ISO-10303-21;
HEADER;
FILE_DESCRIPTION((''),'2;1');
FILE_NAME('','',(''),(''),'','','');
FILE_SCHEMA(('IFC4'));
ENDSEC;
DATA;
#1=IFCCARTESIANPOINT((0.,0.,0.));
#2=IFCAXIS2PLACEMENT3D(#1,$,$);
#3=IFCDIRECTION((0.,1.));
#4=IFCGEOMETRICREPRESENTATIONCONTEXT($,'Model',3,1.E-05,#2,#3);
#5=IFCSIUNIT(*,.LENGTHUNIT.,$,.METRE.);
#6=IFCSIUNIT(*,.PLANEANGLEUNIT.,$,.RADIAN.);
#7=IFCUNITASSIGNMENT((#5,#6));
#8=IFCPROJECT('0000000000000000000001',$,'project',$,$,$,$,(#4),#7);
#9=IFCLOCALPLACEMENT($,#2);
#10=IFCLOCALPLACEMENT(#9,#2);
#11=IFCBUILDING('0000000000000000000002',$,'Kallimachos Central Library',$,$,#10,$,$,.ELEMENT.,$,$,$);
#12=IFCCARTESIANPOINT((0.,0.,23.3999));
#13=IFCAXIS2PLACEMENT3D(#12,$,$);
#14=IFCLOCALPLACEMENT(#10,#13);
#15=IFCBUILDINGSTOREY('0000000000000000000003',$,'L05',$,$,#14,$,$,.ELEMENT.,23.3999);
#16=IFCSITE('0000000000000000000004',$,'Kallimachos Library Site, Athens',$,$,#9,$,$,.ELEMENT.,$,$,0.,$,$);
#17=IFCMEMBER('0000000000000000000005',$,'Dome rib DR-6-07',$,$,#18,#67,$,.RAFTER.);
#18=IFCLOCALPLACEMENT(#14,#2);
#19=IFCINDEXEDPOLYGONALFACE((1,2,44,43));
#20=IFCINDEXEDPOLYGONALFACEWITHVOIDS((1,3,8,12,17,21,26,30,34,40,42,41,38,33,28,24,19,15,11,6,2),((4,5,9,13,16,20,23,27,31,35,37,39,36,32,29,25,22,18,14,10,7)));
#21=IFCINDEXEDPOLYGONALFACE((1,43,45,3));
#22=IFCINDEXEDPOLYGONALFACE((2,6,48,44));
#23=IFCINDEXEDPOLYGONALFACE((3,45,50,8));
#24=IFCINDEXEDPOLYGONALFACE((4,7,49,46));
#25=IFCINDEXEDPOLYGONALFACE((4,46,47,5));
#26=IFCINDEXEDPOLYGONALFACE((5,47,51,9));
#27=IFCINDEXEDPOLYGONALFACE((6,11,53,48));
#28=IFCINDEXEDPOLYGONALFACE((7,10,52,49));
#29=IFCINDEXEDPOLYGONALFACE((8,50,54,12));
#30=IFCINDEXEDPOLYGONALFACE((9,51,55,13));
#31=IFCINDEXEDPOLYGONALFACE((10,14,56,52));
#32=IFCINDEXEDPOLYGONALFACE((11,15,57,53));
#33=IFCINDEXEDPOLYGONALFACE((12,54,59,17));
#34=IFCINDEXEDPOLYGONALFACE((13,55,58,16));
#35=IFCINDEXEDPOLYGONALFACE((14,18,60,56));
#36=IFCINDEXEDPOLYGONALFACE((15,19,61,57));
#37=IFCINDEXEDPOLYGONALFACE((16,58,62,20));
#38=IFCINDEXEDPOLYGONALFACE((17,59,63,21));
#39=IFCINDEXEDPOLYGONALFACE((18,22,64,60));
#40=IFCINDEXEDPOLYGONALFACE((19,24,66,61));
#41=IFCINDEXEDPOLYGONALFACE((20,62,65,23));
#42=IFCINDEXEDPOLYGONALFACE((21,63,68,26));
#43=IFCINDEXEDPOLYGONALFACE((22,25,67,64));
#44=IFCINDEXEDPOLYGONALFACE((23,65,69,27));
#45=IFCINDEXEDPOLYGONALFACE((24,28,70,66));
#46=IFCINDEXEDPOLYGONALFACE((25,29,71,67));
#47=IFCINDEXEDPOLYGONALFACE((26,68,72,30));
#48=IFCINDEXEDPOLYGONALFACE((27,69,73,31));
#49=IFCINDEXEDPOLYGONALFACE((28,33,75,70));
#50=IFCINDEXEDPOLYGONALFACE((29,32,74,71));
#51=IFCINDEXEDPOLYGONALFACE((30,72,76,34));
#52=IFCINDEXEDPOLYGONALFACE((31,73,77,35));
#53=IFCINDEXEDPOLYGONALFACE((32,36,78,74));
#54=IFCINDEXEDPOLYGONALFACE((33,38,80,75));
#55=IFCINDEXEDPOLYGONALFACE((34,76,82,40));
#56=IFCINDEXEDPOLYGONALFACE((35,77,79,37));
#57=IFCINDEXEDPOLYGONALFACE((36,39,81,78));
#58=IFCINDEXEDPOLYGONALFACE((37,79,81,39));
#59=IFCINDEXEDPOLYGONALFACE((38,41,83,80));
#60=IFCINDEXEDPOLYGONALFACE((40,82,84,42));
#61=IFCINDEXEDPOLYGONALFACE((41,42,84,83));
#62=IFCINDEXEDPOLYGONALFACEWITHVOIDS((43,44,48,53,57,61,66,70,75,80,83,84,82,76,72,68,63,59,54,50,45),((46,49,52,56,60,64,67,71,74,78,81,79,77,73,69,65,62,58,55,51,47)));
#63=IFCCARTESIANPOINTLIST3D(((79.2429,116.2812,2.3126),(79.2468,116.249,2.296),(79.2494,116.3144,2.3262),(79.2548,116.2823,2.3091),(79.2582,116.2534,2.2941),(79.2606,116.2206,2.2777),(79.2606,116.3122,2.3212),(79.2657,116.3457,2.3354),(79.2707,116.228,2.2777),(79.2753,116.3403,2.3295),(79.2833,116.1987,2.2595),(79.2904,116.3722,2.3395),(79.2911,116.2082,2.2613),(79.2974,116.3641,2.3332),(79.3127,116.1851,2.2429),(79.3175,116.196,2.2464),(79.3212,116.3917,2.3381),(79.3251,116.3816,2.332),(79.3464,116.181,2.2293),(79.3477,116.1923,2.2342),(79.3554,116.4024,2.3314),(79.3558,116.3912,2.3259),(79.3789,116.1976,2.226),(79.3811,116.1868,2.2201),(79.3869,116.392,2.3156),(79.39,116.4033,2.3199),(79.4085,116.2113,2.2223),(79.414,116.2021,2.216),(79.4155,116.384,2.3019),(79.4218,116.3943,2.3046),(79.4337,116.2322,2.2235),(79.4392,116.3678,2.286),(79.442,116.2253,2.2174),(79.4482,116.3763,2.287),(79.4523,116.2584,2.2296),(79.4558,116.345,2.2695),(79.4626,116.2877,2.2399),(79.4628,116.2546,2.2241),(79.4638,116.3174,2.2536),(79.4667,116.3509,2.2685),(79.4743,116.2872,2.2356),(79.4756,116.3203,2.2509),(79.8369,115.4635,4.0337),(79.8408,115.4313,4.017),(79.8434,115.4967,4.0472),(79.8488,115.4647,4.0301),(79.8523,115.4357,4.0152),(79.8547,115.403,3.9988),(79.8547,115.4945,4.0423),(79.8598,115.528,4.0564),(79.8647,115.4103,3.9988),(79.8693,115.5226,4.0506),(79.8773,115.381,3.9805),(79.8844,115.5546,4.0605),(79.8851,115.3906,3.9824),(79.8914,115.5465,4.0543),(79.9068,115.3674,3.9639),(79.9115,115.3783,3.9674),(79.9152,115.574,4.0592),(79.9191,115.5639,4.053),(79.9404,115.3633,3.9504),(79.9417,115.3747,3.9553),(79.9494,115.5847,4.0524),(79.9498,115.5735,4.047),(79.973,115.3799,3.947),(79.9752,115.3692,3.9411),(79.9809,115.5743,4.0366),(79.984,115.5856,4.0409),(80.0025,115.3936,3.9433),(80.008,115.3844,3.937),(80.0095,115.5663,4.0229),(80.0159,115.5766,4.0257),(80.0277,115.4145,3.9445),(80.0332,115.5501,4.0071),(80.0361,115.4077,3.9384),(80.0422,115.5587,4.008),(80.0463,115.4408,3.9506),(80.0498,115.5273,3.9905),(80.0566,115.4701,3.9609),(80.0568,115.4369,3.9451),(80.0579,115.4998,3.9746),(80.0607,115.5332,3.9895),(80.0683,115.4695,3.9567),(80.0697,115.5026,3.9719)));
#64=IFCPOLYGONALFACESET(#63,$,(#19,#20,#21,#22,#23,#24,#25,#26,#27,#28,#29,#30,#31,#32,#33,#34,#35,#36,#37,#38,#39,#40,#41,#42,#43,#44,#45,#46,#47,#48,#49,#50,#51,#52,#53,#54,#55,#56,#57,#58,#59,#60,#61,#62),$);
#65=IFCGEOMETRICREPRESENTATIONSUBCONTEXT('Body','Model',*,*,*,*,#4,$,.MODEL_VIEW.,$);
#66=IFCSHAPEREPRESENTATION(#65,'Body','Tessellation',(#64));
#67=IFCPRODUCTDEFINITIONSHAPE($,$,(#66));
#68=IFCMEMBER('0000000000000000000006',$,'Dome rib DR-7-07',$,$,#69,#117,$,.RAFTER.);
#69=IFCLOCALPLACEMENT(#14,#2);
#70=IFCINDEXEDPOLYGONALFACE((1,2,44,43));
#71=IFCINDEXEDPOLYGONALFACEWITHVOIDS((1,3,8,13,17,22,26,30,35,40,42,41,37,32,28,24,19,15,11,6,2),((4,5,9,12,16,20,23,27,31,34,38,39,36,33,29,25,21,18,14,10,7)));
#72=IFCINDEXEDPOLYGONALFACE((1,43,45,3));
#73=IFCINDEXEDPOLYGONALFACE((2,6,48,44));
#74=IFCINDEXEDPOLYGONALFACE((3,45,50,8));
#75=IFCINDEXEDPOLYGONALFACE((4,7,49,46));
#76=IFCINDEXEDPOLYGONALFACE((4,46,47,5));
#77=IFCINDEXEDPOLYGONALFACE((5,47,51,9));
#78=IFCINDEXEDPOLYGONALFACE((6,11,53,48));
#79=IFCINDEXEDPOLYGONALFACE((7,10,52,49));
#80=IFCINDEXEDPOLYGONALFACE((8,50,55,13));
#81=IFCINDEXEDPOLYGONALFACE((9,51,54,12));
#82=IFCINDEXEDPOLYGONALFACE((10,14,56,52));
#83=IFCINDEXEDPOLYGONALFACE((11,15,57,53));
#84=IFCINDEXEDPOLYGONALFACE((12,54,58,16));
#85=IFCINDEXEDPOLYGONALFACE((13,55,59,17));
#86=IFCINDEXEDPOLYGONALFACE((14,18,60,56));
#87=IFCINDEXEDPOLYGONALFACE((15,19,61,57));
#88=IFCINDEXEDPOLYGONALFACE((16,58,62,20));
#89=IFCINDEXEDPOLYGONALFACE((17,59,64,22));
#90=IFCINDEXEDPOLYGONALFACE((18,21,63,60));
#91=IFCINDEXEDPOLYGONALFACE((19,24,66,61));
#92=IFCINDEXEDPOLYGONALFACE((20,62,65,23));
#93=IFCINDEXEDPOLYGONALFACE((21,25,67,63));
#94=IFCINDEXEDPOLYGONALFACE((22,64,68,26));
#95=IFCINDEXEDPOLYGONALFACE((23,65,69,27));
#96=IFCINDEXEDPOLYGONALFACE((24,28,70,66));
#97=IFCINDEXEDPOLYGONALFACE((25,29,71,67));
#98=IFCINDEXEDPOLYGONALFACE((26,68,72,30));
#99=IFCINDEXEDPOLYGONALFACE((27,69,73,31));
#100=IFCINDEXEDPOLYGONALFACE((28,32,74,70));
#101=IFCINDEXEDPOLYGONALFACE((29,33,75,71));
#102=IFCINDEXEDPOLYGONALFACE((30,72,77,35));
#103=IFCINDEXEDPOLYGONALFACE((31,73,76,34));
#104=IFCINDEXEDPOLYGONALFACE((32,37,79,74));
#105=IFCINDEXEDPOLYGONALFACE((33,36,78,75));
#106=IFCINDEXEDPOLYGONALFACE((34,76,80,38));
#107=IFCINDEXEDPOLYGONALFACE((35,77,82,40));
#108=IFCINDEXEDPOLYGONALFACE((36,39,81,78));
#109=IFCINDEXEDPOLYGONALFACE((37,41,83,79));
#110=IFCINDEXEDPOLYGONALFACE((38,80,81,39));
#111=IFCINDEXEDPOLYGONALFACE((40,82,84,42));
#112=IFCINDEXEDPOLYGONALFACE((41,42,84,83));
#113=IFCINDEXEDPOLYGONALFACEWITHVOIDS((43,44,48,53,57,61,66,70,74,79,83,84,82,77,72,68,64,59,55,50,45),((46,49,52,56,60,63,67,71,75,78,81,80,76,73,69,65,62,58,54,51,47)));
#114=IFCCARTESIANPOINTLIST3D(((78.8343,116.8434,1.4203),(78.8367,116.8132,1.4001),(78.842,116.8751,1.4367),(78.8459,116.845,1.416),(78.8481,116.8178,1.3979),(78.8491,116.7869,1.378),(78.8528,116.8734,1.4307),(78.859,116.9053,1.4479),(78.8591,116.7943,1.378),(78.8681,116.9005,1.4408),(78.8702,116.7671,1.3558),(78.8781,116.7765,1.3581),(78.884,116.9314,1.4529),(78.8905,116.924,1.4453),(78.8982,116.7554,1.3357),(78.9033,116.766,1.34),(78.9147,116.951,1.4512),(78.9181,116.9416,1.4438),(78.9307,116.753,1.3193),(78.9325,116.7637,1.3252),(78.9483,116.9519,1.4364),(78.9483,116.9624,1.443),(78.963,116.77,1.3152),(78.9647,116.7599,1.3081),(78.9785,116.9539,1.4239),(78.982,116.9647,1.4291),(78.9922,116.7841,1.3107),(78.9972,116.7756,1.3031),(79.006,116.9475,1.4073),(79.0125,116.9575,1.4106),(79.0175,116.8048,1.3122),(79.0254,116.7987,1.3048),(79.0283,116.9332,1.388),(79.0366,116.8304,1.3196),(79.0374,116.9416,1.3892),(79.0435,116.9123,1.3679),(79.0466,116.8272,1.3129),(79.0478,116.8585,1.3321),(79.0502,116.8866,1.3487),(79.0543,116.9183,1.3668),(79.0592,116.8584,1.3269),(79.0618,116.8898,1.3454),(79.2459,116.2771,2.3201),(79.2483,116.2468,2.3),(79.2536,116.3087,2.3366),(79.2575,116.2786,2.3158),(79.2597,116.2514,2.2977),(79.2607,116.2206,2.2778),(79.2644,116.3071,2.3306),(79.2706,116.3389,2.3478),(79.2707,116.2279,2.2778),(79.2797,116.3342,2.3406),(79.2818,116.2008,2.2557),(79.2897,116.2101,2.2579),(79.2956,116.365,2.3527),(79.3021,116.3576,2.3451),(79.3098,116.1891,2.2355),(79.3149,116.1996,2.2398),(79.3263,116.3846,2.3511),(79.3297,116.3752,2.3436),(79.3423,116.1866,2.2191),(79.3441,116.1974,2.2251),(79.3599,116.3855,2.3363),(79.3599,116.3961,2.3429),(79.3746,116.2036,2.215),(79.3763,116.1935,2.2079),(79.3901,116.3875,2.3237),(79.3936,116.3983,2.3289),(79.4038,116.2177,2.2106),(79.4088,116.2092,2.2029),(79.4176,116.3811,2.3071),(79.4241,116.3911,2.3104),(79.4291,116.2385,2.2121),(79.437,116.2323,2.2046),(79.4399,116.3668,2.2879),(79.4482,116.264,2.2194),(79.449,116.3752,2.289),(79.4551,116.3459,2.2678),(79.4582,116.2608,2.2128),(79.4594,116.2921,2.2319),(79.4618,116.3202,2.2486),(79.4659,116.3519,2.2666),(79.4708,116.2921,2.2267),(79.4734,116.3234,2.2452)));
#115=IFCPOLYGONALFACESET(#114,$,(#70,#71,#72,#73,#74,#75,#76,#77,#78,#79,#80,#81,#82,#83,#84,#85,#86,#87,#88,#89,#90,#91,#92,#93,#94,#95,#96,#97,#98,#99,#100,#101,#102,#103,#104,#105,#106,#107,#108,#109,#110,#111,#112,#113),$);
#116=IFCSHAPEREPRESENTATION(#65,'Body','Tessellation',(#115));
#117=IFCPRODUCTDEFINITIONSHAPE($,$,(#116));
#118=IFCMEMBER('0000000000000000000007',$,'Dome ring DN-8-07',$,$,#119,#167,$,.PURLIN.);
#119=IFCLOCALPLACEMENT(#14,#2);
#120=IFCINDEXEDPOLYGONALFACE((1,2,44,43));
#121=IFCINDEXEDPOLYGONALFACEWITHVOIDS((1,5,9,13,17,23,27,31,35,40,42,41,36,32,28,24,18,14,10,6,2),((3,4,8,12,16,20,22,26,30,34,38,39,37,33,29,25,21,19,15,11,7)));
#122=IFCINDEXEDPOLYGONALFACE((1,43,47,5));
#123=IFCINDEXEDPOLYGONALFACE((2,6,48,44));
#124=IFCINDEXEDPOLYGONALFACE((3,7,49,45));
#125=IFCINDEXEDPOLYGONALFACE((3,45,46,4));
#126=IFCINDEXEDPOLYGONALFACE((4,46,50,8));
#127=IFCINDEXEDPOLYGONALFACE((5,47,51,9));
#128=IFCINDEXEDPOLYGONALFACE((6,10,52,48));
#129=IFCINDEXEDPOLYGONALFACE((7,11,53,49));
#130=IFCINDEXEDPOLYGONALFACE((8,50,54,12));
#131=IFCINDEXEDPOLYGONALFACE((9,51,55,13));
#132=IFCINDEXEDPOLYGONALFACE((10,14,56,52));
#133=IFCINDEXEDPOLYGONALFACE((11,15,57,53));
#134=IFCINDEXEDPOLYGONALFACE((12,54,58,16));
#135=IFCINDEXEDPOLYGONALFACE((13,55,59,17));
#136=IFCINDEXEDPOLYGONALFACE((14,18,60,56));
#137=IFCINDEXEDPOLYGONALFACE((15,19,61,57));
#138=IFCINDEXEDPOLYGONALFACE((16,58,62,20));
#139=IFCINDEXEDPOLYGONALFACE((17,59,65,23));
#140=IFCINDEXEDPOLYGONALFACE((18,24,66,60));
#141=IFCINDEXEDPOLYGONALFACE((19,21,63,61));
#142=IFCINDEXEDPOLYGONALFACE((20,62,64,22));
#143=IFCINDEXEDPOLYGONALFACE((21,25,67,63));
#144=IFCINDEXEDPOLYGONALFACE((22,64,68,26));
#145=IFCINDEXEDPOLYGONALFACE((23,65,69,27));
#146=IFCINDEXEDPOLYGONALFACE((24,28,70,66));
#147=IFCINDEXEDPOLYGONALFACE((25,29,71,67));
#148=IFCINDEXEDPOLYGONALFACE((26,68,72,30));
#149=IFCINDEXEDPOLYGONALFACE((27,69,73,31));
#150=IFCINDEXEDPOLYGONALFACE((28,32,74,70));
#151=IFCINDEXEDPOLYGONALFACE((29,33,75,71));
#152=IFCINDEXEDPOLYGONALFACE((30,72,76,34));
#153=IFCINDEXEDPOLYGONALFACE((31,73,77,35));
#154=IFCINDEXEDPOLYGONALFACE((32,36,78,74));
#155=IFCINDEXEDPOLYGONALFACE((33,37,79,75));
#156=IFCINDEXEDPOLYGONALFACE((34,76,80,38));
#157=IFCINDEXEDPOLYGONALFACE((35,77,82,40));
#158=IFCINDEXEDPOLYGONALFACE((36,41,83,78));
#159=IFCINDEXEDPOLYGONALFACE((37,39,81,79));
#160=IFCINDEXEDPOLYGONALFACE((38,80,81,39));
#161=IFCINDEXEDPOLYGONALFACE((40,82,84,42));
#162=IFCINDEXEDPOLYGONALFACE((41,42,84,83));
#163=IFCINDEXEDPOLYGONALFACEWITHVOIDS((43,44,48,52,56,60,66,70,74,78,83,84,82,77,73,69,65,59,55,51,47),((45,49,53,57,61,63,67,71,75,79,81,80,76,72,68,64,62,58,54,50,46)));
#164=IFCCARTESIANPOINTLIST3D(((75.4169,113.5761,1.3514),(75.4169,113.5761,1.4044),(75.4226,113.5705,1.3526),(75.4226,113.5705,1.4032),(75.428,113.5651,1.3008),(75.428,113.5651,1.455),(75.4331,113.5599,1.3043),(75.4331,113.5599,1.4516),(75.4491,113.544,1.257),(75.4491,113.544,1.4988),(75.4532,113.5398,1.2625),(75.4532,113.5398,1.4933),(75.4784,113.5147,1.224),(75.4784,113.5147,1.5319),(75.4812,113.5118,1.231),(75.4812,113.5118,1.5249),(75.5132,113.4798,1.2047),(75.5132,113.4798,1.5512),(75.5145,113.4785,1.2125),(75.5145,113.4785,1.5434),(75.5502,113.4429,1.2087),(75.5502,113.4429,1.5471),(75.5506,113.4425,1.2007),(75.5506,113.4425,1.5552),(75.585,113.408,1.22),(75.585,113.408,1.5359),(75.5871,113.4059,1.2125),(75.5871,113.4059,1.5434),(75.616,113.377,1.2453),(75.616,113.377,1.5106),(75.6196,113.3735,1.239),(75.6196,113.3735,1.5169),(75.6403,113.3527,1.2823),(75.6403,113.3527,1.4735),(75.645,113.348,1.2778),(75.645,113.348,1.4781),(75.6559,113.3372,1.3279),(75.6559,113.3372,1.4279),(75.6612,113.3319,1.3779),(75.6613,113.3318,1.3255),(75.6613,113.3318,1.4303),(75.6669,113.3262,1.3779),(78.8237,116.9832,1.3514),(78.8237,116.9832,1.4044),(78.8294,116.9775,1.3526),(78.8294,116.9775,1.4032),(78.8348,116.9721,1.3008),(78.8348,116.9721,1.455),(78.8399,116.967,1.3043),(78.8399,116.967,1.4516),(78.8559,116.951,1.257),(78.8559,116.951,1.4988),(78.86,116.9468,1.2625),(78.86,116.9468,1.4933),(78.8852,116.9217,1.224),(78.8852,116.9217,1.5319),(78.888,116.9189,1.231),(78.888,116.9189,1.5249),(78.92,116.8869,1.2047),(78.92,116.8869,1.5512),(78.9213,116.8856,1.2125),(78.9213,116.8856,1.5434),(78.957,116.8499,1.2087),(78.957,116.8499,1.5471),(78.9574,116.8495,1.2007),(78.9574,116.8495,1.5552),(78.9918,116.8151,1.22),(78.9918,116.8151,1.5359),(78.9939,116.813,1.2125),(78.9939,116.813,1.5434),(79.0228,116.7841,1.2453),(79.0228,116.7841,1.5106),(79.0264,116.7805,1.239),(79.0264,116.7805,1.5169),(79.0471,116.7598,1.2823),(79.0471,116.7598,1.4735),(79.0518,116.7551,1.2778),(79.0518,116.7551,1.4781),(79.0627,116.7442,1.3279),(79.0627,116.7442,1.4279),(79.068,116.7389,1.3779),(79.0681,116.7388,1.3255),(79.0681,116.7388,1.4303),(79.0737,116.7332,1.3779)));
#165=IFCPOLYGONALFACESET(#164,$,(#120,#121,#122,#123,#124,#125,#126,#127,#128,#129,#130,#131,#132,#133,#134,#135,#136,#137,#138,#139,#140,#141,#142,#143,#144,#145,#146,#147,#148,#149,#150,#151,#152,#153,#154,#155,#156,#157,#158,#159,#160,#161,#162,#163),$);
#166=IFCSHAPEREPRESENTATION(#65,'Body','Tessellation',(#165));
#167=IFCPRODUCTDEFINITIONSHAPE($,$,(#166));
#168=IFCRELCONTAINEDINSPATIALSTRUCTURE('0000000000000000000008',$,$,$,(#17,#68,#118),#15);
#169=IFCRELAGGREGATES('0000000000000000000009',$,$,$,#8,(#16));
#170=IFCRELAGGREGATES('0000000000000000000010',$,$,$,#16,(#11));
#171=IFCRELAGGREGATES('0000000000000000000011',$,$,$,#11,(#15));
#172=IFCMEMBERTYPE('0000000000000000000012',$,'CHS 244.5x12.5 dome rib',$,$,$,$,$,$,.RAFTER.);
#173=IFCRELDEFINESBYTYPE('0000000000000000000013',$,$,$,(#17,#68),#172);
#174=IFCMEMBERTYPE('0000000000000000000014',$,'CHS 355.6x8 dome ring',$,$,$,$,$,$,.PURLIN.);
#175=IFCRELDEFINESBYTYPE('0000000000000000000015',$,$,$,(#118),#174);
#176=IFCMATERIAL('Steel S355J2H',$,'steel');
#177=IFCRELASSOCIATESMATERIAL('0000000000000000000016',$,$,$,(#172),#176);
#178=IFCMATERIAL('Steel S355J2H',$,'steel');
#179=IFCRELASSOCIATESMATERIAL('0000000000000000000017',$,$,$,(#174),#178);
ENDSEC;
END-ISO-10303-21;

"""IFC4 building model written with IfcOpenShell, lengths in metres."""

from ifc_helpers import new_model, si_unit, direction, frame, origin, origin_2d, place, context, subcontext, project, spatial, hollow_circle, extrude, material, material_profile, profile_set, type_object, element, save


model = new_model("IFC4")

# Units and contexts
model_context = context("Model", 3, precision=1e-05, world=origin(), true_north=direction((0.0, 1.0)))
body_context = subcontext(model_context, "Body", "Model", "MODEL_VIEW")
ifc_project = project(units=[si_unit("LENGTHUNIT", "METRE"), si_unit("PLANEANGLEUNIT", "RADIAN")], contexts=[model_context])

# Site, building, storey
site_placement = place(None, origin())
site = spatial("IfcSite", under=ifc_project, at=site_placement, Name="Kallimachos Library Site, Athens", CompositionType="ELEMENT", RefElevation=0.0)
building_placement = place(site_placement, origin())
building = spatial("IfcBuilding", under=site, at=building_placement, Name="Kallimachos Central Library", CompositionType="ELEMENT")
storey_placement = place(building_placement, frame((0.0, 0.0, 23.3999)))
storey = spatial("IfcBuildingStorey", under=building, at=storey_placement, Name="L05", CompositionType="ELEMENT", Elevation=23.3999)

# Members
ifc_material_1 = material(Name="Steel S355J2H", Category="steel")
ifc_material_profile_1 = material_profile(ifc_material_1, hollow_circle(Radius=0.1223, WallThickness=0.0125, at=origin_2d()), Name="CHS 244.5x12.5")
ifc_profile_set_1 = profile_set([ifc_material_profile_1], Name="Steel S355J2H")
member_type_1 = type_object("IfcMemberType", Name="CHS 244.5x12.5 dome rib", PredefinedType="RAFTER", material=ifc_profile_set_1)
member_1_placement = place(storey_placement, frame((79.9536, 115.4749, 3.9988), z_axis=(-0.29763, 0.409685, -0.862308), x_axis=(-0.809039, -0.587755, 0.0)))
element("IfcMember", 1, at=member_1_placement, inside=storey, type_object=member_type_1, Name="Dome rib DR-6-07", PredefinedType="RAFTER", context=body_context, shape_type="SweptSolid", body=[
    extrude(hollow_circle(Radius=0.1223, WallThickness=0.0125, at=origin_2d()), origin(), (0.0, 0.0, 1.0), 1.9958),
])
member_2_placement = place(storey_placement, frame((79.3596, 116.2925, 2.2778), z_axis=(-0.361006, 0.496757, -0.789245), x_axis=(-0.808947, -0.587881, 0.0)))
element("IfcMember", 2, at=member_2_placement, inside=storey, type_object=member_type_1, Name="Dome rib DR-7-07", PredefinedType="RAFTER", context=body_context, shape_type="SweptSolid", body=[
    extrude(hollow_circle(Radius=0.1223, WallThickness=0.0125, at=origin_2d()), origin(), (0.0, 0.0, 1.0), 1.1401),
])
ifc_material_2 = material(Name="Steel S355J2H", Category="steel")
ifc_material_profile_2 = material_profile(ifc_material_2, hollow_circle(Radius=0.1777, WallThickness=0.0081, at=origin_2d()), Name="CHS 355.6x8")
ifc_profile_set_2 = profile_set([ifc_material_profile_2], Name="Steel S355J2H")
member_type_2 = type_object("IfcMemberType", Name="CHS 355.6x8 dome ring", PredefinedType="PURLIN", material=ifc_profile_set_2)
member_3_placement = place(storey_placement, frame((78.948, 116.8589, 1.3779), z_axis=(-0.707081, -0.707132, 0.0), x_axis=(0.707132, -0.707081, 0.0)))
element("IfcMember", 3, at=member_3_placement, inside=storey, type_object=member_type_2, Name="Dome ring DN-8-07", PredefinedType="PURLIN", context=body_context, shape_type="SweptSolid", body=[
    extrude(hollow_circle(Radius=0.1777, WallThickness=0.0081, at=origin_2d()), origin(), (0.0, 0.0, 1.0), 4.8181),
])

save(model, "model.ifc")
